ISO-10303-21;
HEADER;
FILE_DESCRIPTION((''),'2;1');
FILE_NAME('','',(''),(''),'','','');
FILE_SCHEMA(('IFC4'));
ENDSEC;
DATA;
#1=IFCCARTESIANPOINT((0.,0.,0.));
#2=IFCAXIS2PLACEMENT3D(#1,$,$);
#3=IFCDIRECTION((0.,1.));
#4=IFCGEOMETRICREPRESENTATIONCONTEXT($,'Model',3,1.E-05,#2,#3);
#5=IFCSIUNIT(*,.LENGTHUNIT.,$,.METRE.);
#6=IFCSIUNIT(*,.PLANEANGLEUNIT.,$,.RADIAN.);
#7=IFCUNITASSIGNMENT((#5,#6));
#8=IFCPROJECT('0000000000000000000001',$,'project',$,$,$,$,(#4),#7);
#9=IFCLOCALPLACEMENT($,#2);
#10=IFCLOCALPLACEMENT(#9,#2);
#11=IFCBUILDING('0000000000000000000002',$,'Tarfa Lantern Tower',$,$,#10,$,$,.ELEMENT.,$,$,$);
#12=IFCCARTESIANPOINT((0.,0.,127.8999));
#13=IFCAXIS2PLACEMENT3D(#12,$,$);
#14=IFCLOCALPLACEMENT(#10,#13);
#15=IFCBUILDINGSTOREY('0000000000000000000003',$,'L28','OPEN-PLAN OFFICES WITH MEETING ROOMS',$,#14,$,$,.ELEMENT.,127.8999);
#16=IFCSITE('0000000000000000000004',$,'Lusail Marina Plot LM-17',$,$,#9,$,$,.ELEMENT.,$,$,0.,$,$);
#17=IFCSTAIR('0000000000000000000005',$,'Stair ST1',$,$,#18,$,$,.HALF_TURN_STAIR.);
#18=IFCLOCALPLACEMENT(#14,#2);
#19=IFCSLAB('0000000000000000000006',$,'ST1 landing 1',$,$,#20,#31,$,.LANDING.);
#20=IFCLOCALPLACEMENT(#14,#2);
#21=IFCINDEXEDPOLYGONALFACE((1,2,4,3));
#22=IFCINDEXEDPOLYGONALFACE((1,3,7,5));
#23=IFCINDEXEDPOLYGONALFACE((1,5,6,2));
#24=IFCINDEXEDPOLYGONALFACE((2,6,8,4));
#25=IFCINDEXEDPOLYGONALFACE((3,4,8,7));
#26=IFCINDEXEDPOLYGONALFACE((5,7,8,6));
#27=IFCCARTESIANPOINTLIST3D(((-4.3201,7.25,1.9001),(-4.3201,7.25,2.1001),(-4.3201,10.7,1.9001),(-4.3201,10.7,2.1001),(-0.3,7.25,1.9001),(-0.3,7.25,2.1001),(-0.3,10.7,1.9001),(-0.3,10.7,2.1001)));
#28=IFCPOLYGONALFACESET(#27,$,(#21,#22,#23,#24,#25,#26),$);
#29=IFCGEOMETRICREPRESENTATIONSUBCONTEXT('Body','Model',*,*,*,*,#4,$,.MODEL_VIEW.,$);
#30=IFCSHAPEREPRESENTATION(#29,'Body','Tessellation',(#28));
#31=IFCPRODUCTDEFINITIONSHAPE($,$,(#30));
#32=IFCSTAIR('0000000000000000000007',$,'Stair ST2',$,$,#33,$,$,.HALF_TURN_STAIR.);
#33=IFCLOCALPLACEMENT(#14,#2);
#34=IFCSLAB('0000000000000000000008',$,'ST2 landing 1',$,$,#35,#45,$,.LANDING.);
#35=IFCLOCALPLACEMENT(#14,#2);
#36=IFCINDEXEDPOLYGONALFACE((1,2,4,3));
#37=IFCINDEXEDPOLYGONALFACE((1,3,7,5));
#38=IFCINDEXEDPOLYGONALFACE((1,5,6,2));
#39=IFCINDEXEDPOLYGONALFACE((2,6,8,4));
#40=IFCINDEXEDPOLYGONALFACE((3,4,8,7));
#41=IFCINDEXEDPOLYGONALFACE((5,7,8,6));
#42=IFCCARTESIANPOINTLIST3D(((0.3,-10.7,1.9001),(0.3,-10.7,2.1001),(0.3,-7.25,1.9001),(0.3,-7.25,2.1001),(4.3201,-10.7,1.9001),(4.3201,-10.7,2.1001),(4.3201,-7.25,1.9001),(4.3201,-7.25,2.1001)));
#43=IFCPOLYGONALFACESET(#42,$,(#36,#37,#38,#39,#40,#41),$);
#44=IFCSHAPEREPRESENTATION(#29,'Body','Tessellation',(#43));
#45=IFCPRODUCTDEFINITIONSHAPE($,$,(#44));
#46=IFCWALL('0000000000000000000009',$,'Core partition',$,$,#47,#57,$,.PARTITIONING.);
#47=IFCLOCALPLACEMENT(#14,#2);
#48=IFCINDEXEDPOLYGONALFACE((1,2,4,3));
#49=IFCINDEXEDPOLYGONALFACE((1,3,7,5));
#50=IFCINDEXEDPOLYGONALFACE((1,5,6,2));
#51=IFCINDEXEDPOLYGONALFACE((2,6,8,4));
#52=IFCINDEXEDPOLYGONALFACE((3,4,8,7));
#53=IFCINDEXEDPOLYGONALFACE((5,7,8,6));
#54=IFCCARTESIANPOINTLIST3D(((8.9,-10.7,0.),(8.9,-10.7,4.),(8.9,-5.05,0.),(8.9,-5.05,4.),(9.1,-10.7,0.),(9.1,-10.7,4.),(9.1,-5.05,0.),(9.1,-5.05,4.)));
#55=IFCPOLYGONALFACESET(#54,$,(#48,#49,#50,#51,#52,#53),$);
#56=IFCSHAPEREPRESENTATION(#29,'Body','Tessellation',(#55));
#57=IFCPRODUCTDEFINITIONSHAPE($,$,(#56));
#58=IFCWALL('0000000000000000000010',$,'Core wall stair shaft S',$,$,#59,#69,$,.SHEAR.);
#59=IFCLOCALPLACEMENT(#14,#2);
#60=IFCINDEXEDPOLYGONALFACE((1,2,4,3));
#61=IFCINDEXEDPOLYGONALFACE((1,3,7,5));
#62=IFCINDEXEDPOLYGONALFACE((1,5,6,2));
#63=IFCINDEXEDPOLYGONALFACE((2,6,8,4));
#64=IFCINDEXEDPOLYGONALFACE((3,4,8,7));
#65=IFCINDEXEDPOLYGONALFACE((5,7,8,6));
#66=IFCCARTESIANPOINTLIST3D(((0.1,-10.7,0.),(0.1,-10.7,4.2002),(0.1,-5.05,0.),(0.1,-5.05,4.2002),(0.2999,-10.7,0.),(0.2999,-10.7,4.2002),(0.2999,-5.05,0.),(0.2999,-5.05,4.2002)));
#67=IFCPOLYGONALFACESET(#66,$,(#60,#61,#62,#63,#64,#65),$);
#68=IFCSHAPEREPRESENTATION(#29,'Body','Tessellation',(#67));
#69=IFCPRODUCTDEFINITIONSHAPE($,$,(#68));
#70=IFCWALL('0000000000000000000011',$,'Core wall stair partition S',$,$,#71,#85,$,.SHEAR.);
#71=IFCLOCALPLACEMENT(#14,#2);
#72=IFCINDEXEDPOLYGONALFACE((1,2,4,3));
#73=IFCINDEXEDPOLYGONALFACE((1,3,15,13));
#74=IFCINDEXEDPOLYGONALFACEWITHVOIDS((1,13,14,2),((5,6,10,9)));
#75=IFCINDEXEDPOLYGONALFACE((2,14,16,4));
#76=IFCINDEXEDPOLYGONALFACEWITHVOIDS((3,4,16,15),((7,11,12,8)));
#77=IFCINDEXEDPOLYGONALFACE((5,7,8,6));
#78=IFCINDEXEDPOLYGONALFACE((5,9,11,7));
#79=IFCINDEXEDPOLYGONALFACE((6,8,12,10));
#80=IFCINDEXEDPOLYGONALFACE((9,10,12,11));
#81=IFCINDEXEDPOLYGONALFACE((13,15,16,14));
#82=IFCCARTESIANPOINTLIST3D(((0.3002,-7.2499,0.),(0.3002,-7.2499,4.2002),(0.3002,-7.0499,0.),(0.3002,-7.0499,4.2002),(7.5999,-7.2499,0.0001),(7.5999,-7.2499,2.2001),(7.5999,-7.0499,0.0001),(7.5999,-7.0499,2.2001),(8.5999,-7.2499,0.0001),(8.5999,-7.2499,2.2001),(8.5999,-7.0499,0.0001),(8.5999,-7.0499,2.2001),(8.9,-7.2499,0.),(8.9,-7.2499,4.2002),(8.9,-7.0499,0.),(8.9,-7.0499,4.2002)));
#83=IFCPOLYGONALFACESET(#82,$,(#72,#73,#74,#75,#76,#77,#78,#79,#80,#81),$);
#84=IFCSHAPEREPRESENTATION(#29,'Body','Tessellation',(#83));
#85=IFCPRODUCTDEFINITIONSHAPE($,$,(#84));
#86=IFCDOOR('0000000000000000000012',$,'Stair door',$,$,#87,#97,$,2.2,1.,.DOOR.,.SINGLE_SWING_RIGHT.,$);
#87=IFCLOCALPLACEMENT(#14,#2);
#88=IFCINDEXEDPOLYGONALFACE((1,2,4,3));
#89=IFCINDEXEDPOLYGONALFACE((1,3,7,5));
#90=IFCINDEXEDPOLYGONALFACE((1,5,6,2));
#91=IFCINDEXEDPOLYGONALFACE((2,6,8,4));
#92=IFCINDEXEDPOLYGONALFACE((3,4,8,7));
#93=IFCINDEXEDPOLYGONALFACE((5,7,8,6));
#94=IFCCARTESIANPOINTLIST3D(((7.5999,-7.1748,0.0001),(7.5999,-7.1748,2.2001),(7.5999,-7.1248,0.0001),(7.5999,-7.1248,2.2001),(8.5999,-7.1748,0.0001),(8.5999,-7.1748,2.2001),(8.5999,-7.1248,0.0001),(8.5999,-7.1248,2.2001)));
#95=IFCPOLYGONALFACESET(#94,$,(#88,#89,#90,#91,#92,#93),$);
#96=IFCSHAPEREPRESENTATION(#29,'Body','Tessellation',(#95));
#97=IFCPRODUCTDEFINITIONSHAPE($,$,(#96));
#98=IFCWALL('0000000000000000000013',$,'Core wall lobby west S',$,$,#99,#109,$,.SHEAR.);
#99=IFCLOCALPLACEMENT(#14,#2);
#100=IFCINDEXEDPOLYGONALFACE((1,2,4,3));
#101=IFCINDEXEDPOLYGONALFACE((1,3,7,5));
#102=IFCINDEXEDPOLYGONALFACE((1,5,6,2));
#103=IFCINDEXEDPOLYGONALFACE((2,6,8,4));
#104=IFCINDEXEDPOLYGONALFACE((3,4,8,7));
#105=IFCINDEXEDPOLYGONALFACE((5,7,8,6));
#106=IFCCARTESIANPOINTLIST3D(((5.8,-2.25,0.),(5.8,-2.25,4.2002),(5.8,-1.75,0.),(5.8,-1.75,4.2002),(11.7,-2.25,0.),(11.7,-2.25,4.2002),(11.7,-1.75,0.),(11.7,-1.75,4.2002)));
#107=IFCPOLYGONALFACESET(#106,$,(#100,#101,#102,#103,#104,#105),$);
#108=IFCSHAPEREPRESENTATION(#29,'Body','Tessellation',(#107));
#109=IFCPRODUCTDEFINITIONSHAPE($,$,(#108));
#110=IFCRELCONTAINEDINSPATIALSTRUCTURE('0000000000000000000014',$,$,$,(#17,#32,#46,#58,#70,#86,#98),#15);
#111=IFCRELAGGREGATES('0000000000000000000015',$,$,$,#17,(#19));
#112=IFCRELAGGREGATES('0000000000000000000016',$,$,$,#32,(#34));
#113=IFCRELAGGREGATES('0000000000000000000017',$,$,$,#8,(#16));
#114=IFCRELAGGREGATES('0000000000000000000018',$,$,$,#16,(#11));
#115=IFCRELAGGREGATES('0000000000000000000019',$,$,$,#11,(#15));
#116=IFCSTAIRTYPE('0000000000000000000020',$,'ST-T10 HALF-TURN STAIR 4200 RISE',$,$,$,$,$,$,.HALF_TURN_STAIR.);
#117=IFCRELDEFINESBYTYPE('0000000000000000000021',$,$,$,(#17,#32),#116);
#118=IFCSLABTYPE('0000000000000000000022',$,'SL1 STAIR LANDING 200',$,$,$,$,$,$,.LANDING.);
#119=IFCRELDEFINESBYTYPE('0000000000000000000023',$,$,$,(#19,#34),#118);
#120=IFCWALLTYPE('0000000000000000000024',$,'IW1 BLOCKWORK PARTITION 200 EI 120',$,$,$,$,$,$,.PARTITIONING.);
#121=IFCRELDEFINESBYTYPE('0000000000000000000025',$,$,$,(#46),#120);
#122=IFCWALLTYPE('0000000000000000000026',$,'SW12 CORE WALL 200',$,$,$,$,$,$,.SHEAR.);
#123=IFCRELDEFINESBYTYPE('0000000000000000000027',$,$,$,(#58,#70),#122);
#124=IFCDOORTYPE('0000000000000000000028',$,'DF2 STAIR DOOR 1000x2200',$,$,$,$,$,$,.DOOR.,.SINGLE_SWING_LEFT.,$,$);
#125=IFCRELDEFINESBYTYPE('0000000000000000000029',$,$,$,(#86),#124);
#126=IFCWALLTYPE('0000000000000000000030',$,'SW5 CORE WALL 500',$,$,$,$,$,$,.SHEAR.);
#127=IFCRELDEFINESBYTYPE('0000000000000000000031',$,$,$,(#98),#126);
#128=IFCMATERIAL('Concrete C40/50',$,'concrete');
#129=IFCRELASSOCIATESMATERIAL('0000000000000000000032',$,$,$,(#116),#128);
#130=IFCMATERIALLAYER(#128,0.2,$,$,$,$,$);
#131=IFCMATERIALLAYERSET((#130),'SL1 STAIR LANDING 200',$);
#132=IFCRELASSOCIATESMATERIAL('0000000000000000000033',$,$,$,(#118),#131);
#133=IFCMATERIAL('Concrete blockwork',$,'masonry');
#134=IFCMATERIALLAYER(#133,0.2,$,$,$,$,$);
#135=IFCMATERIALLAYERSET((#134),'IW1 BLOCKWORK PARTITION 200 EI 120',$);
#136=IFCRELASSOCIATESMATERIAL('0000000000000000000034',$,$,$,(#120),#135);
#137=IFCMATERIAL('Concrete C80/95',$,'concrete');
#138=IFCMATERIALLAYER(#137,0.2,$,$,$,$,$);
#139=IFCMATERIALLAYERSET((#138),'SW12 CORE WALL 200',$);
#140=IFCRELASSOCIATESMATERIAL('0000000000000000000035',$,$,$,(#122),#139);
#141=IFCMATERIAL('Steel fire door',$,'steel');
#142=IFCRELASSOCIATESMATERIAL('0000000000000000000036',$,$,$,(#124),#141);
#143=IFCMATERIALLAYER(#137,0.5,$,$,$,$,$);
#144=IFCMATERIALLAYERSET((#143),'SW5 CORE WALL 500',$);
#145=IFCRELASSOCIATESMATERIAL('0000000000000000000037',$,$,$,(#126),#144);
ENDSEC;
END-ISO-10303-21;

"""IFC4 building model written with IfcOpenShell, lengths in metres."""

from ifc_helpers import new_model, si_unit, direction, frame, frame_2d, origin, place, context, subcontext, project, spatial, polyline, rectangle, outline, extrude, material, layer, layer_set, type_object, element, fill, aggregate, save


model = new_model("IFC4")

# Units and contexts
model_context = context("Model", 3, precision=1e-05, world=origin(), true_north=direction((0.0, 1.0)))
body_context = subcontext(model_context, "Body", "Model", "MODEL_VIEW")
ifc_project = project(units=[si_unit("LENGTHUNIT", "METRE"), si_unit("PLANEANGLEUNIT", "RADIAN")], contexts=[model_context])

# Site, building, storey
site_placement = place(None, origin())
site = spatial("IfcSite", under=ifc_project, at=site_placement, Name="Lusail Marina Plot LM-17", CompositionType="ELEMENT", RefElevation=0.0)
building_placement = place(site_placement, origin())
building = spatial("IfcBuilding", under=site, at=building_placement, Name="Tarfa Lantern Tower", CompositionType="ELEMENT")
storey_placement = place(building_placement, frame((0.0, 0.0, 127.8999)))
storey = spatial("IfcBuildingStorey", under=building, at=storey_placement, Name="L28", Description="OPEN-PLAN OFFICES WITH MEETING ROOMS", CompositionType="ELEMENT", Elevation=127.8999)

# Stairs, slabs
ifc_material_1 = material(Name="Concrete C40/50", Category="concrete")
stair_type = type_object("IfcStairType", Name="ST-T10 HALF-TURN STAIR 4200 RISE", PredefinedType="HALF_TURN_STAIR", material=ifc_material_1)
stair_1_placement = place(storey_placement, origin())
stair_1 = element("IfcStair", 1, at=stair_1_placement, inside=storey, type_object=stair_type, Name="Stair ST1", PredefinedType="HALF_TURN_STAIR")
ifc_layer_1 = layer(ifc_material_1, 0.2)
ifc_layer_set_1 = layer_set([ifc_layer_1], Name="SL1 STAIR LANDING 200")
slab_type = type_object("IfcSlabType", Name="SL1 STAIR LANDING 200", PredefinedType="LANDING", material=ifc_layer_set_1)
slab_1_placement = place(storey_placement, frame((0.0, 0.0, 1.9001)))
slab_1 = element("IfcSlab", 2, at=slab_1_placement, type_object=slab_type, Name="ST1 landing 1", PredefinedType="LANDING", context=body_context, shape_type="SweptSolid", body=[
    extrude(outline(polyline([(-4.3201, 7.25), (-0.3, 7.25), (-0.3, 10.7), (-4.3201, 10.7), (-4.3201, 7.25)])), origin(), (0.0, 0.0, 1.0), 0.2),
])
aggregate(stair_1, [slab_1])
stair_2_placement = place(storey_placement, origin())
stair_2 = element("IfcStair", 3, at=stair_2_placement, inside=storey, type_object=stair_type, Name="Stair ST2", PredefinedType="HALF_TURN_STAIR")
slab_2_placement = place(storey_placement, frame((0.0, 0.0, 1.9001)))
slab_2 = element("IfcSlab", 4, at=slab_2_placement, type_object=slab_type, Name="ST2 landing 1", PredefinedType="LANDING", context=body_context, shape_type="SweptSolid", body=[
    extrude(outline(polyline([(4.3201, -7.25), (0.3, -7.25), (0.3, -10.7), (4.3201, -10.7), (4.3201, -7.25)])), origin(), (0.0, 0.0, 1.0), 0.2),
])
aggregate(stair_2, [slab_2])

# Walls
ifc_material_2 = material(Name="Concrete blockwork", Category="masonry")
ifc_layer_2 = layer(ifc_material_2, 0.2)
ifc_layer_set_2 = layer_set([ifc_layer_2], Name="IW1 BLOCKWORK PARTITION 200 EI 120")
wall_type_1 = type_object("IfcWallType", Name="IW1 BLOCKWORK PARTITION 200 EI 120", PredefinedType="PARTITIONING", material=ifc_layer_set_2)
wall_1_placement = place(storey_placement, frame((9.0, -5.05, 0.0), z_axis=(0.0, 0.0, 1.0), x_axis=(0.0, -1.0, 0.0)))
element("IfcWall", 5, at=wall_1_placement, inside=storey, type_object=wall_type_1, Name="Core partition", PredefinedType="PARTITIONING", context=body_context, shape_type="SweptSolid", body=[
    extrude(rectangle(XDim=5.6499, YDim=0.2, at=frame_2d((2.825, 0.0))), origin(), (0.0, 0.0, 1.0), 4.0),
])
ifc_material_3 = material(Name="Concrete C80/95", Category="concrete")
ifc_layer_3 = layer(ifc_material_3, 0.2)
ifc_layer_set_3 = layer_set([ifc_layer_3], Name="SW12 CORE WALL 200")
wall_type_2 = type_object("IfcWallType", Name="SW12 CORE WALL 200", PredefinedType="SHEAR", material=ifc_layer_set_3)
wall_2_placement = place(storey_placement, frame((0.2, -5.05, 0.0), z_axis=(0.0, 0.0, 1.0), x_axis=(0.0, -1.0, 0.0)))
element("IfcWall", 6, at=wall_2_placement, inside=storey, type_object=wall_type_2, Name="Core wall stair shaft S", PredefinedType="SHEAR", context=body_context, shape_type="SweptSolid", body=[
    extrude(rectangle(XDim=5.6499, YDim=0.2, at=frame_2d((2.825, 0.0))), origin(), (0.0, 0.0, 1.0), 4.2002),
])

# Wall, opening, door
wall_3_placement = place(storey_placement, frame((8.8999, -7.1499, 0.0), z_axis=(0.0, 0.0, 1.0), x_axis=(-1.0, 0.0, 0.0)))
wall_3 = element("IfcWall", 7, at=wall_3_placement, inside=storey, type_object=wall_type_2, Name="Core wall stair partition S", PredefinedType="SHEAR", context=body_context, shape_type="SweptSolid", body=[
    extrude(rectangle(XDim=8.5999, YDim=0.2, at=frame_2d((4.2998, 0.0))), origin(), (0.0, 0.0, 1.0), 4.2002),
])
opening_1_placement = place(wall_3_placement, frame((0.3, 0.0, 0.0)))
opening_1 = element("IfcOpeningElement", 8, at=opening_1_placement, cuts=wall_3, PredefinedType="OPENING", context=body_context, shape_type="SweptSolid", body=[
    extrude(rectangle(XDim=1.0, YDim=2.2, at=frame_2d((0.5, 1.1001))), frame((0.0, 0.1099, 0.0), z_axis=(0.0, -1.0, 0.0), x_axis=(1.0, 0.0, 0.0)), (0.0, 0.0, 1.0), 0.22),
])
ifc_material_4 = material(Name="Steel fire door", Category="steel")
door_type_1 = type_object("IfcDoorType", Name="DF2 STAIR DOOR 1000x2200", OperationType="SINGLE_SWING_LEFT", PredefinedType="DOOR", material=ifc_material_4)
door_1_placement = place(opening_1_placement, origin())
door_1 = element("IfcDoor", 9, at=door_1_placement, inside=storey, type_object=door_type_1, Name="Stair door", OperationType="SINGLE_SWING_RIGHT", OverallHeight=2.2, OverallWidth=1.0, PredefinedType="DOOR", context=body_context, shape_type="SweptSolid", body=[
    extrude(rectangle(XDim=1.0, YDim=2.2, at=frame_2d((0.5, 1.1001))), frame((0.0, 0.0249, 0.0), z_axis=(0.0, -1.0, 0.0), x_axis=(1.0, 0.0, 0.0)), (0.0, 0.0, 1.0), 0.05),
])
fill(opening_1, door_1)

# Wall
ifc_layer_4 = layer(ifc_material_3, 0.5)
ifc_layer_set_4 = layer_set([ifc_layer_4], Name="SW5 CORE WALL 500")
wall_type_3 = type_object("IfcWallType", Name="SW5 CORE WALL 500", PredefinedType="SHEAR", material=ifc_layer_set_4)
wall_4_placement = place(storey_placement, frame((11.7, -2.0, 0.0), z_axis=(0.0, 0.0, 1.0), x_axis=(-1.0, 0.0, 0.0)))
element("IfcWall", 10, at=wall_4_placement, inside=storey, type_object=wall_type_3, Name="Core wall lobby west S", PredefinedType="SHEAR", context=body_context, shape_type="SweptSolid", body=[
    extrude(rectangle(XDim=5.8999, YDim=0.5, at=frame_2d((2.95, 0.0))), origin(), (0.0, 0.0, 1.0), 4.2002),
])

save(model, "model.ifc")
